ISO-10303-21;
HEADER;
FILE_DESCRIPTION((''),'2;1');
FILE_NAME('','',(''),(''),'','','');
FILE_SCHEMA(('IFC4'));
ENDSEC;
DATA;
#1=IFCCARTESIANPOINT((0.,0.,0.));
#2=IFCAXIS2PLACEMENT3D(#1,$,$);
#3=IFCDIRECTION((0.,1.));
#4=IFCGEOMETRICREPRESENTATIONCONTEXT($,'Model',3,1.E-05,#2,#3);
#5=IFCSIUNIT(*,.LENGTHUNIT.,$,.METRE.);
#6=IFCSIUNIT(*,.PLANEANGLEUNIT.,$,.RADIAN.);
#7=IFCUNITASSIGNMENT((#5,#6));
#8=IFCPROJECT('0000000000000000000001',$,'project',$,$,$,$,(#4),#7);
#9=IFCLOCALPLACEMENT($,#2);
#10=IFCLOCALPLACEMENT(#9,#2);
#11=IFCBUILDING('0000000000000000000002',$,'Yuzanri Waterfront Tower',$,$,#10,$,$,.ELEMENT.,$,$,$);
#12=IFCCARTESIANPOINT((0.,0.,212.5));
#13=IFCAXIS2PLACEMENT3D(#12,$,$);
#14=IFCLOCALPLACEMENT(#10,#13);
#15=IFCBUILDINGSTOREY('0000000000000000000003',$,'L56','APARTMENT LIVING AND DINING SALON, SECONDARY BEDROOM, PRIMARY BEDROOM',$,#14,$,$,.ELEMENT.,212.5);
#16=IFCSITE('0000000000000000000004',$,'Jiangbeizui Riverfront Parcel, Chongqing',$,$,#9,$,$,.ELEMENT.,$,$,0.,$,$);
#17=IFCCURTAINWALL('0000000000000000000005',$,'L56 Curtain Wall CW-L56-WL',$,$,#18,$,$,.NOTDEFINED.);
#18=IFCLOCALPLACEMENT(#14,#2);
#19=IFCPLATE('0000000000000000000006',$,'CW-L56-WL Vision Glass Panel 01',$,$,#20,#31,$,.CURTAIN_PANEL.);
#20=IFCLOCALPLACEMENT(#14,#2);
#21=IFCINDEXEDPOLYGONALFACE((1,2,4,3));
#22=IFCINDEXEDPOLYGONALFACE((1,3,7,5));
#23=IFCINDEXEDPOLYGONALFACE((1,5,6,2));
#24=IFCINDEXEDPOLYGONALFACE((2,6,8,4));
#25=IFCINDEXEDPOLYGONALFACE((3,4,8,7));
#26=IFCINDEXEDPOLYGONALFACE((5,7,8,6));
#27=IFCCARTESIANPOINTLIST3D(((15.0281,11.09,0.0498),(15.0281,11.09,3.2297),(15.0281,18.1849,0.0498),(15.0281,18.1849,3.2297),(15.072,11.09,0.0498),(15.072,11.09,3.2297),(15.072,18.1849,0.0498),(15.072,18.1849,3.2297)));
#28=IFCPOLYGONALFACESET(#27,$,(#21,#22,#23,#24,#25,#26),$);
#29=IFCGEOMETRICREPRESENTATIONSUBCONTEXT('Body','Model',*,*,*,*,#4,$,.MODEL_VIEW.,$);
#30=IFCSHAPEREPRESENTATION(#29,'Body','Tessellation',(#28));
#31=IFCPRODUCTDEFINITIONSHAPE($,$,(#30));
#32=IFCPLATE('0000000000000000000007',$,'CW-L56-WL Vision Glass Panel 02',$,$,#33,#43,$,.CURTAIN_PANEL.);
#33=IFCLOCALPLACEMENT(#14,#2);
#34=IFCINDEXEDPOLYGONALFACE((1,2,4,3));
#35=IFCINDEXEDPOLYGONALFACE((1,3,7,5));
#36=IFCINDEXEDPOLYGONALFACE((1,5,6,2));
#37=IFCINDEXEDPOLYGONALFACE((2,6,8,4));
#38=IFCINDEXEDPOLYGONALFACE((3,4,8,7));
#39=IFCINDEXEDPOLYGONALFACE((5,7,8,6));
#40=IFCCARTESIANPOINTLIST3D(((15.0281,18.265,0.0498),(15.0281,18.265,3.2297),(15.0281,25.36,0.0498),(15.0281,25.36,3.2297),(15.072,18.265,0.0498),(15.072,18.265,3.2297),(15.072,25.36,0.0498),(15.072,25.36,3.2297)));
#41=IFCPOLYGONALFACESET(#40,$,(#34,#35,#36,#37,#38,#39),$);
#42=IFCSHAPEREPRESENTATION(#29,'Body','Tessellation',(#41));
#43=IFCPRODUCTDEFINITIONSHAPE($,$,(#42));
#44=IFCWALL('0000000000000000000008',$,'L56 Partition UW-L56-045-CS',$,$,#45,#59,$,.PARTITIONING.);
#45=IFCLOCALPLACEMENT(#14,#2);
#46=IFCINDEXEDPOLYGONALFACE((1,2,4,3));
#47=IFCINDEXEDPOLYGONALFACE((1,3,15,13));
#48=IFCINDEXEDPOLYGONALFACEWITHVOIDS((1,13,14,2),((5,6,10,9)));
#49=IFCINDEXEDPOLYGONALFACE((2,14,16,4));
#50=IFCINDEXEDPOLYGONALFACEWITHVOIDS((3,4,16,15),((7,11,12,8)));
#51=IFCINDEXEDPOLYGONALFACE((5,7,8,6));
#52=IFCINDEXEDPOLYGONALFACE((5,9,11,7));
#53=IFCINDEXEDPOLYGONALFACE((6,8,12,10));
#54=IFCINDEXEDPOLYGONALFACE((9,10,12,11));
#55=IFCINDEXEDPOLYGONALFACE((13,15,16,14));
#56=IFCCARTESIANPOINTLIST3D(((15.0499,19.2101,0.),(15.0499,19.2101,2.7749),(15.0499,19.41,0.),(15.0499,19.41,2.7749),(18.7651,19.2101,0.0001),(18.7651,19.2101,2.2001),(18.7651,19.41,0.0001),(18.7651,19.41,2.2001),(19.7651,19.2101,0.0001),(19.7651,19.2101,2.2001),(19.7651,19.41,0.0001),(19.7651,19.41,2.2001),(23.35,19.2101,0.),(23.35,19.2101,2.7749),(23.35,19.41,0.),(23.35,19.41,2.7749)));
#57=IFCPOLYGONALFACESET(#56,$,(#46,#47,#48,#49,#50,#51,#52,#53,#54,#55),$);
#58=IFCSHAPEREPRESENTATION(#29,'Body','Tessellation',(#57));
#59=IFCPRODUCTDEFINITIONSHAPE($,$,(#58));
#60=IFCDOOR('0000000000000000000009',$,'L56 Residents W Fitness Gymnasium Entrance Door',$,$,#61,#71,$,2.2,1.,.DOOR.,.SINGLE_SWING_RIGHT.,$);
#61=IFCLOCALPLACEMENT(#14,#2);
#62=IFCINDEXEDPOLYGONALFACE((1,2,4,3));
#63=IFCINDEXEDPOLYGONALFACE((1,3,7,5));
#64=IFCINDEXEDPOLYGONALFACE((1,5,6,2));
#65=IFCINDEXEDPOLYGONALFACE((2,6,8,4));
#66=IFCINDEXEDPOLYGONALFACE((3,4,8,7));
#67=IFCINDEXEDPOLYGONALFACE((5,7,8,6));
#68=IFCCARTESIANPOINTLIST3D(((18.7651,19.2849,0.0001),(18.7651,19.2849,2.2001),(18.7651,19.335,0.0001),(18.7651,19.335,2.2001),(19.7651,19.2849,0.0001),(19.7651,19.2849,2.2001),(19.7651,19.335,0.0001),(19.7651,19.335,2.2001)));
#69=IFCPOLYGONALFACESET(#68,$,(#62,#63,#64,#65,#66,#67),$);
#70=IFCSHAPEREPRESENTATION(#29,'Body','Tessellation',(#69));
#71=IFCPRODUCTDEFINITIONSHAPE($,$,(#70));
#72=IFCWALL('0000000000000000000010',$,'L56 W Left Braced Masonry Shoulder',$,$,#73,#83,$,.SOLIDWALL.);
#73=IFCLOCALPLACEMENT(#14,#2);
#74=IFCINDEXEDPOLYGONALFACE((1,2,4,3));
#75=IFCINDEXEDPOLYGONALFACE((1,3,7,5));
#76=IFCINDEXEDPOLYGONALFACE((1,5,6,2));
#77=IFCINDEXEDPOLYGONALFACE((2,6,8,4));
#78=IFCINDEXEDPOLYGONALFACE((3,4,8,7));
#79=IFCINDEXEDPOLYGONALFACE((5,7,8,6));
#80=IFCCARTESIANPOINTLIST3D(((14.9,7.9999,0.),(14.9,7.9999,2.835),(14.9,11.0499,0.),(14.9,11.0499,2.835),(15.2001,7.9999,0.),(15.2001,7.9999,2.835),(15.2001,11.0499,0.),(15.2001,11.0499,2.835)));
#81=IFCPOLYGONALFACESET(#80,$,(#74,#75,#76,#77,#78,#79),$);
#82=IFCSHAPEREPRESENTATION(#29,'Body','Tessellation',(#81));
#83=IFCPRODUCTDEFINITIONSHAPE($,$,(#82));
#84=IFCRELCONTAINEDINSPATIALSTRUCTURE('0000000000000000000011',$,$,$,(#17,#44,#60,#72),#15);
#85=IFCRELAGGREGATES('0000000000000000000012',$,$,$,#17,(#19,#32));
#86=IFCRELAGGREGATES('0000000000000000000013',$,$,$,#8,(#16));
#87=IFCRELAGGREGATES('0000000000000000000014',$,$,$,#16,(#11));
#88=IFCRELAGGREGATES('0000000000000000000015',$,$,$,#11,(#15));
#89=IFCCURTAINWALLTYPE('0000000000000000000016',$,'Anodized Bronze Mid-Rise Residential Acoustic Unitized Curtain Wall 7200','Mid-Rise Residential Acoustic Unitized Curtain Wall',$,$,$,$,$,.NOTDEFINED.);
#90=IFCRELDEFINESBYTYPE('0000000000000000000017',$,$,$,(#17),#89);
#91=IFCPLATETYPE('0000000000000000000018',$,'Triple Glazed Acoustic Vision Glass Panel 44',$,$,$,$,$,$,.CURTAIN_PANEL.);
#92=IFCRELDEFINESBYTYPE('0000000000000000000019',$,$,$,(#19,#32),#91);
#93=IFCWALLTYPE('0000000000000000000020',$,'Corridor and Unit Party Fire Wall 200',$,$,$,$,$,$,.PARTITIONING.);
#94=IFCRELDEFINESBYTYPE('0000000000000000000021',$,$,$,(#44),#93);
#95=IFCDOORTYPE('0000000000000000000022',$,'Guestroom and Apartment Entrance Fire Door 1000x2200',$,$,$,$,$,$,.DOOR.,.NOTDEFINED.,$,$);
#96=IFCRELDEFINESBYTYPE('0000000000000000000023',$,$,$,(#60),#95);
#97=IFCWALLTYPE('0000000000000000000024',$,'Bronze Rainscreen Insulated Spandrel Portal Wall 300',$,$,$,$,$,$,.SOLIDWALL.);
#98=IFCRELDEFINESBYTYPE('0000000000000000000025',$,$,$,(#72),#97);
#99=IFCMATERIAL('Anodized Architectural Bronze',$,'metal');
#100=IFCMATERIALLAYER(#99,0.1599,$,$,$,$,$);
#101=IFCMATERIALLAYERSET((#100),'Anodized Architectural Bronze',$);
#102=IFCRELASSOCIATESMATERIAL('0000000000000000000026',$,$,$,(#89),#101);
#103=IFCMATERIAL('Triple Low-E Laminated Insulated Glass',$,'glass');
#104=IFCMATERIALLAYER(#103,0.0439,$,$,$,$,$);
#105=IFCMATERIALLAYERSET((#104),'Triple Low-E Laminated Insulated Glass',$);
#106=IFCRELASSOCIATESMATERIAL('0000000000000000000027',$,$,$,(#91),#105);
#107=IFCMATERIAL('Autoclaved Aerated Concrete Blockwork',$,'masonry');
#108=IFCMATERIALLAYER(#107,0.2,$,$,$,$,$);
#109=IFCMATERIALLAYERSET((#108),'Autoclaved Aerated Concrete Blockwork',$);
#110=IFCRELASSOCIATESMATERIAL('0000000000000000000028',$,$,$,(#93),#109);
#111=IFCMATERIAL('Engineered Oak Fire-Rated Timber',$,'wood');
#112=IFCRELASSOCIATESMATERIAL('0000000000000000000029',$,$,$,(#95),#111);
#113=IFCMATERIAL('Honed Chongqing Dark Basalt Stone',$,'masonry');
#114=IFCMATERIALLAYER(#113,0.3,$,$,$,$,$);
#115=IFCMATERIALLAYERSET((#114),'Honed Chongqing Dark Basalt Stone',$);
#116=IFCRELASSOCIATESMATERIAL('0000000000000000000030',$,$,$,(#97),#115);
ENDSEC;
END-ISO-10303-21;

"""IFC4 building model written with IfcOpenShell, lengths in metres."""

from ifc_helpers import new_model, si_unit, direction, frame, frame_2d, origin, origin_2d, place, context, subcontext, project, spatial, rectangle, extrude, source, transform, mapped, material, layer, layer_set, type_object, element, fill, aggregate, save


model = new_model("IFC4")

# Units and contexts
model_context = context("Model", 3, precision=1e-05, world=origin(), true_north=direction((0.0, 1.0)))
body_context = subcontext(model_context, "Body", "Model", "MODEL_VIEW")
ifc_project = project(units=[si_unit("LENGTHUNIT", "METRE"), si_unit("PLANEANGLEUNIT", "RADIAN")], contexts=[model_context])

# Site, building, storey
site_placement = place(None, origin())
site = spatial("IfcSite", under=ifc_project, at=site_placement, Name="Jiangbeizui Riverfront Parcel, Chongqing", CompositionType="ELEMENT", RefElevation=0.0)
building_placement = place(site_placement, origin())
building = spatial("IfcBuilding", under=site, at=building_placement, Name="Yuzanri Waterfront Tower", CompositionType="ELEMENT")
storey_placement = place(building_placement, frame((0.0, 0.0, 212.5)))
storey = spatial("IfcBuildingStorey", under=building, at=storey_placement, Name="L56", Description="APARTMENT LIVING AND DINING SALON, SECONDARY BEDROOM, PRIMARY BEDROOM", CompositionType="ELEMENT", Elevation=212.5)

# Curtain wall
ifc_material_1 = material(Name="Anodized Architectural Bronze", Category="metal")
ifc_layer_1 = layer(ifc_material_1, 0.1599)
ifc_layer_set_1 = layer_set([ifc_layer_1], Name="Anodized Architectural Bronze")
curtain_wall_type = type_object("IfcCurtainWallType", Name="Anodized Bronze Mid-Rise Residential Acoustic Unitized Curtain Wall 7200", Description="Mid-Rise Residential Acoustic Unitized Curtain Wall", PredefinedType="NOTDEFINED", material=ifc_layer_set_1)
curtain_wall_placement = place(storey_placement, origin())
curtain_wall = element("IfcCurtainWall", 1, at=curtain_wall_placement, inside=storey, type_object=curtain_wall_type, Name="L56 Curtain Wall CW-L56-WL", PredefinedType="NOTDEFINED")

# Plates
ifc_material_2 = material(Name="Triple Low-E Laminated Insulated Glass", Category="glass")
ifc_layer_2 = layer(ifc_material_2, 0.0439)
ifc_layer_set_2 = layer_set([ifc_layer_2], Name="Triple Low-E Laminated Insulated Glass")
plate_type_1 = type_object("IfcPlateType", Name="Triple Glazed Acoustic Vision Glass Panel 44", PredefinedType="CURTAIN_PANEL", material=ifc_layer_set_2)
shared_shape_1 = source(origin(), body_context, "Body", "SweptSolid", [
    extrude(rectangle(XDim=7.095, YDim=0.0439, at=origin_2d()), origin(), (0.0, 0.0, 1.0), 3.1799),
])
plate_1_placement = place(storey_placement, frame((15.05, 14.6375, 0.0498), z_axis=(0.0, 0.0, 1.0), x_axis=(0.0, 1.0, 0.0)))
plate_1 = element("IfcPlate", 2, at=plate_1_placement, type_object=plate_type_1, Name="CW-L56-WL Vision Glass Panel 01", PredefinedType="CURTAIN_PANEL", context=body_context, shape_type="MappedRepresentation", body=[
    mapped(shared_shape_1, transform((0.0, 0.0, 0.0), scale=1.0)),
])
plate_2_placement = place(storey_placement, frame((15.05, 21.8125, 0.0498), z_axis=(0.0, 0.0, 1.0), x_axis=(0.0, 1.0, 0.0)))
plate_2 = element("IfcPlate", 3, at=plate_2_placement, type_object=plate_type_1, Name="CW-L56-WL Vision Glass Panel 02", PredefinedType="CURTAIN_PANEL", context=body_context, shape_type="MappedRepresentation", body=[
    mapped(shared_shape_1, transform((0.0, 0.0, 0.0), scale=1.0)),
])
aggregate(curtain_wall, [plate_1, plate_2])

# Wall, opening, door
ifc_material_3 = material(Name="Autoclaved Aerated Concrete Blockwork", Category="masonry")
ifc_layer_3 = layer(ifc_material_3, 0.2)
ifc_layer_set_3 = layer_set([ifc_layer_3], Name="Autoclaved Aerated Concrete Blockwork")
wall_type_1 = type_object("IfcWallType", Name="Corridor and Unit Party Fire Wall 200", PredefinedType="PARTITIONING", material=ifc_layer_set_3)
wall_1_placement = place(storey_placement, frame((15.05, 19.3101, 0.0), z_axis=(0.0, 0.0, 1.0), x_axis=(1.0, 0.0, 0.0)))
wall_1 = element("IfcWall", 4, at=wall_1_placement, inside=storey, type_object=wall_type_1, Name="L56 Partition UW-L56-045-CS", PredefinedType="PARTITIONING", context=body_context, shape_type="SweptSolid", body=[
    extrude(rectangle(XDim=8.3, YDim=0.2, at=frame_2d((4.1499, 0.0))), origin(), (0.0, 0.0, 1.0), 2.7749),
])
opening_placement = place(wall_1_placement, frame((3.7151, 0.0, 0.0)))
opening = element("IfcOpeningElement", 5, at=opening_placement, cuts=wall_1, PredefinedType="OPENING", context=body_context, shape_type="SweptSolid", body=[
    extrude(rectangle(XDim=1.0, YDim=2.2, at=frame_2d((0.5, 1.1001))), frame((0.0, 0.1147, 0.0), z_axis=(0.0, -1.0, 0.0), x_axis=(1.0, 0.0, 0.0)), (0.0, 0.0, 1.0), 0.2297),
])
ifc_material_4 = material(Name="Engineered Oak Fire-Rated Timber", Category="wood")
door_type = type_object("IfcDoorType", Name="Guestroom and Apartment Entrance Fire Door 1000x2200", OperationType="NOTDEFINED", PredefinedType="DOOR", material=ifc_material_4)
shared_shape_2 = source(origin(), body_context, "Body", "SweptSolid", [
    extrude(rectangle(XDim=1.0, YDim=2.2, at=frame_2d((0.5, 1.1001))), frame((0.0, 0.0249, 0.0), z_axis=(0.0, -1.0, 0.0), x_axis=(1.0, 0.0, 0.0)), (0.0, 0.0, 1.0), 0.05),
])
door_placement = place(opening_placement, origin())
door = element("IfcDoor", 6, at=door_placement, inside=storey, type_object=door_type, Name="L56 Residents W Fitness Gymnasium Entrance Door", OperationType="SINGLE_SWING_RIGHT", OverallHeight=2.2, OverallWidth=1.0, PredefinedType="DOOR", context=body_context, shape_type="MappedRepresentation", body=[
    mapped(shared_shape_2, transform((0.0, 0.0, 0.0), scale=1.0)),
])
fill(opening, door)

# Wall
ifc_material_5 = material(Name="Honed Chongqing Dark Basalt Stone", Category="masonry")
ifc_layer_4 = layer(ifc_material_5, 0.3)
ifc_layer_set_4 = layer_set([ifc_layer_4], Name="Honed Chongqing Dark Basalt Stone")
wall_type_2 = type_object("IfcWallType", Name="Bronze Rainscreen Insulated Spandrel Portal Wall 300", PredefinedType="SOLIDWALL", material=ifc_layer_set_4)
shared_shape_3 = source(origin(), body_context, "Body", "SweptSolid", [
    extrude(rectangle(XDim=3.05, YDim=0.3, at=frame_2d((1.5249, 0.0))), origin(), (0.0, 0.0, 1.0), 2.835),
])
wall_2_placement = place(storey_placement, frame((15.05, 8.0, 0.0), z_axis=(0.0, 0.0, 1.0), x_axis=(0.0, 1.0, 0.0)))
element("IfcWall", 7, at=wall_2_placement, inside=storey, type_object=wall_type_2, Name="L56 W Left Braced Masonry Shoulder", PredefinedType="SOLIDWALL", context=body_context, shape_type="MappedRepresentation", body=[
    mapped(shared_shape_3, transform((0.0, 0.0, 0.0), scale=1.0)),
])

save(model, "model.ifc")
